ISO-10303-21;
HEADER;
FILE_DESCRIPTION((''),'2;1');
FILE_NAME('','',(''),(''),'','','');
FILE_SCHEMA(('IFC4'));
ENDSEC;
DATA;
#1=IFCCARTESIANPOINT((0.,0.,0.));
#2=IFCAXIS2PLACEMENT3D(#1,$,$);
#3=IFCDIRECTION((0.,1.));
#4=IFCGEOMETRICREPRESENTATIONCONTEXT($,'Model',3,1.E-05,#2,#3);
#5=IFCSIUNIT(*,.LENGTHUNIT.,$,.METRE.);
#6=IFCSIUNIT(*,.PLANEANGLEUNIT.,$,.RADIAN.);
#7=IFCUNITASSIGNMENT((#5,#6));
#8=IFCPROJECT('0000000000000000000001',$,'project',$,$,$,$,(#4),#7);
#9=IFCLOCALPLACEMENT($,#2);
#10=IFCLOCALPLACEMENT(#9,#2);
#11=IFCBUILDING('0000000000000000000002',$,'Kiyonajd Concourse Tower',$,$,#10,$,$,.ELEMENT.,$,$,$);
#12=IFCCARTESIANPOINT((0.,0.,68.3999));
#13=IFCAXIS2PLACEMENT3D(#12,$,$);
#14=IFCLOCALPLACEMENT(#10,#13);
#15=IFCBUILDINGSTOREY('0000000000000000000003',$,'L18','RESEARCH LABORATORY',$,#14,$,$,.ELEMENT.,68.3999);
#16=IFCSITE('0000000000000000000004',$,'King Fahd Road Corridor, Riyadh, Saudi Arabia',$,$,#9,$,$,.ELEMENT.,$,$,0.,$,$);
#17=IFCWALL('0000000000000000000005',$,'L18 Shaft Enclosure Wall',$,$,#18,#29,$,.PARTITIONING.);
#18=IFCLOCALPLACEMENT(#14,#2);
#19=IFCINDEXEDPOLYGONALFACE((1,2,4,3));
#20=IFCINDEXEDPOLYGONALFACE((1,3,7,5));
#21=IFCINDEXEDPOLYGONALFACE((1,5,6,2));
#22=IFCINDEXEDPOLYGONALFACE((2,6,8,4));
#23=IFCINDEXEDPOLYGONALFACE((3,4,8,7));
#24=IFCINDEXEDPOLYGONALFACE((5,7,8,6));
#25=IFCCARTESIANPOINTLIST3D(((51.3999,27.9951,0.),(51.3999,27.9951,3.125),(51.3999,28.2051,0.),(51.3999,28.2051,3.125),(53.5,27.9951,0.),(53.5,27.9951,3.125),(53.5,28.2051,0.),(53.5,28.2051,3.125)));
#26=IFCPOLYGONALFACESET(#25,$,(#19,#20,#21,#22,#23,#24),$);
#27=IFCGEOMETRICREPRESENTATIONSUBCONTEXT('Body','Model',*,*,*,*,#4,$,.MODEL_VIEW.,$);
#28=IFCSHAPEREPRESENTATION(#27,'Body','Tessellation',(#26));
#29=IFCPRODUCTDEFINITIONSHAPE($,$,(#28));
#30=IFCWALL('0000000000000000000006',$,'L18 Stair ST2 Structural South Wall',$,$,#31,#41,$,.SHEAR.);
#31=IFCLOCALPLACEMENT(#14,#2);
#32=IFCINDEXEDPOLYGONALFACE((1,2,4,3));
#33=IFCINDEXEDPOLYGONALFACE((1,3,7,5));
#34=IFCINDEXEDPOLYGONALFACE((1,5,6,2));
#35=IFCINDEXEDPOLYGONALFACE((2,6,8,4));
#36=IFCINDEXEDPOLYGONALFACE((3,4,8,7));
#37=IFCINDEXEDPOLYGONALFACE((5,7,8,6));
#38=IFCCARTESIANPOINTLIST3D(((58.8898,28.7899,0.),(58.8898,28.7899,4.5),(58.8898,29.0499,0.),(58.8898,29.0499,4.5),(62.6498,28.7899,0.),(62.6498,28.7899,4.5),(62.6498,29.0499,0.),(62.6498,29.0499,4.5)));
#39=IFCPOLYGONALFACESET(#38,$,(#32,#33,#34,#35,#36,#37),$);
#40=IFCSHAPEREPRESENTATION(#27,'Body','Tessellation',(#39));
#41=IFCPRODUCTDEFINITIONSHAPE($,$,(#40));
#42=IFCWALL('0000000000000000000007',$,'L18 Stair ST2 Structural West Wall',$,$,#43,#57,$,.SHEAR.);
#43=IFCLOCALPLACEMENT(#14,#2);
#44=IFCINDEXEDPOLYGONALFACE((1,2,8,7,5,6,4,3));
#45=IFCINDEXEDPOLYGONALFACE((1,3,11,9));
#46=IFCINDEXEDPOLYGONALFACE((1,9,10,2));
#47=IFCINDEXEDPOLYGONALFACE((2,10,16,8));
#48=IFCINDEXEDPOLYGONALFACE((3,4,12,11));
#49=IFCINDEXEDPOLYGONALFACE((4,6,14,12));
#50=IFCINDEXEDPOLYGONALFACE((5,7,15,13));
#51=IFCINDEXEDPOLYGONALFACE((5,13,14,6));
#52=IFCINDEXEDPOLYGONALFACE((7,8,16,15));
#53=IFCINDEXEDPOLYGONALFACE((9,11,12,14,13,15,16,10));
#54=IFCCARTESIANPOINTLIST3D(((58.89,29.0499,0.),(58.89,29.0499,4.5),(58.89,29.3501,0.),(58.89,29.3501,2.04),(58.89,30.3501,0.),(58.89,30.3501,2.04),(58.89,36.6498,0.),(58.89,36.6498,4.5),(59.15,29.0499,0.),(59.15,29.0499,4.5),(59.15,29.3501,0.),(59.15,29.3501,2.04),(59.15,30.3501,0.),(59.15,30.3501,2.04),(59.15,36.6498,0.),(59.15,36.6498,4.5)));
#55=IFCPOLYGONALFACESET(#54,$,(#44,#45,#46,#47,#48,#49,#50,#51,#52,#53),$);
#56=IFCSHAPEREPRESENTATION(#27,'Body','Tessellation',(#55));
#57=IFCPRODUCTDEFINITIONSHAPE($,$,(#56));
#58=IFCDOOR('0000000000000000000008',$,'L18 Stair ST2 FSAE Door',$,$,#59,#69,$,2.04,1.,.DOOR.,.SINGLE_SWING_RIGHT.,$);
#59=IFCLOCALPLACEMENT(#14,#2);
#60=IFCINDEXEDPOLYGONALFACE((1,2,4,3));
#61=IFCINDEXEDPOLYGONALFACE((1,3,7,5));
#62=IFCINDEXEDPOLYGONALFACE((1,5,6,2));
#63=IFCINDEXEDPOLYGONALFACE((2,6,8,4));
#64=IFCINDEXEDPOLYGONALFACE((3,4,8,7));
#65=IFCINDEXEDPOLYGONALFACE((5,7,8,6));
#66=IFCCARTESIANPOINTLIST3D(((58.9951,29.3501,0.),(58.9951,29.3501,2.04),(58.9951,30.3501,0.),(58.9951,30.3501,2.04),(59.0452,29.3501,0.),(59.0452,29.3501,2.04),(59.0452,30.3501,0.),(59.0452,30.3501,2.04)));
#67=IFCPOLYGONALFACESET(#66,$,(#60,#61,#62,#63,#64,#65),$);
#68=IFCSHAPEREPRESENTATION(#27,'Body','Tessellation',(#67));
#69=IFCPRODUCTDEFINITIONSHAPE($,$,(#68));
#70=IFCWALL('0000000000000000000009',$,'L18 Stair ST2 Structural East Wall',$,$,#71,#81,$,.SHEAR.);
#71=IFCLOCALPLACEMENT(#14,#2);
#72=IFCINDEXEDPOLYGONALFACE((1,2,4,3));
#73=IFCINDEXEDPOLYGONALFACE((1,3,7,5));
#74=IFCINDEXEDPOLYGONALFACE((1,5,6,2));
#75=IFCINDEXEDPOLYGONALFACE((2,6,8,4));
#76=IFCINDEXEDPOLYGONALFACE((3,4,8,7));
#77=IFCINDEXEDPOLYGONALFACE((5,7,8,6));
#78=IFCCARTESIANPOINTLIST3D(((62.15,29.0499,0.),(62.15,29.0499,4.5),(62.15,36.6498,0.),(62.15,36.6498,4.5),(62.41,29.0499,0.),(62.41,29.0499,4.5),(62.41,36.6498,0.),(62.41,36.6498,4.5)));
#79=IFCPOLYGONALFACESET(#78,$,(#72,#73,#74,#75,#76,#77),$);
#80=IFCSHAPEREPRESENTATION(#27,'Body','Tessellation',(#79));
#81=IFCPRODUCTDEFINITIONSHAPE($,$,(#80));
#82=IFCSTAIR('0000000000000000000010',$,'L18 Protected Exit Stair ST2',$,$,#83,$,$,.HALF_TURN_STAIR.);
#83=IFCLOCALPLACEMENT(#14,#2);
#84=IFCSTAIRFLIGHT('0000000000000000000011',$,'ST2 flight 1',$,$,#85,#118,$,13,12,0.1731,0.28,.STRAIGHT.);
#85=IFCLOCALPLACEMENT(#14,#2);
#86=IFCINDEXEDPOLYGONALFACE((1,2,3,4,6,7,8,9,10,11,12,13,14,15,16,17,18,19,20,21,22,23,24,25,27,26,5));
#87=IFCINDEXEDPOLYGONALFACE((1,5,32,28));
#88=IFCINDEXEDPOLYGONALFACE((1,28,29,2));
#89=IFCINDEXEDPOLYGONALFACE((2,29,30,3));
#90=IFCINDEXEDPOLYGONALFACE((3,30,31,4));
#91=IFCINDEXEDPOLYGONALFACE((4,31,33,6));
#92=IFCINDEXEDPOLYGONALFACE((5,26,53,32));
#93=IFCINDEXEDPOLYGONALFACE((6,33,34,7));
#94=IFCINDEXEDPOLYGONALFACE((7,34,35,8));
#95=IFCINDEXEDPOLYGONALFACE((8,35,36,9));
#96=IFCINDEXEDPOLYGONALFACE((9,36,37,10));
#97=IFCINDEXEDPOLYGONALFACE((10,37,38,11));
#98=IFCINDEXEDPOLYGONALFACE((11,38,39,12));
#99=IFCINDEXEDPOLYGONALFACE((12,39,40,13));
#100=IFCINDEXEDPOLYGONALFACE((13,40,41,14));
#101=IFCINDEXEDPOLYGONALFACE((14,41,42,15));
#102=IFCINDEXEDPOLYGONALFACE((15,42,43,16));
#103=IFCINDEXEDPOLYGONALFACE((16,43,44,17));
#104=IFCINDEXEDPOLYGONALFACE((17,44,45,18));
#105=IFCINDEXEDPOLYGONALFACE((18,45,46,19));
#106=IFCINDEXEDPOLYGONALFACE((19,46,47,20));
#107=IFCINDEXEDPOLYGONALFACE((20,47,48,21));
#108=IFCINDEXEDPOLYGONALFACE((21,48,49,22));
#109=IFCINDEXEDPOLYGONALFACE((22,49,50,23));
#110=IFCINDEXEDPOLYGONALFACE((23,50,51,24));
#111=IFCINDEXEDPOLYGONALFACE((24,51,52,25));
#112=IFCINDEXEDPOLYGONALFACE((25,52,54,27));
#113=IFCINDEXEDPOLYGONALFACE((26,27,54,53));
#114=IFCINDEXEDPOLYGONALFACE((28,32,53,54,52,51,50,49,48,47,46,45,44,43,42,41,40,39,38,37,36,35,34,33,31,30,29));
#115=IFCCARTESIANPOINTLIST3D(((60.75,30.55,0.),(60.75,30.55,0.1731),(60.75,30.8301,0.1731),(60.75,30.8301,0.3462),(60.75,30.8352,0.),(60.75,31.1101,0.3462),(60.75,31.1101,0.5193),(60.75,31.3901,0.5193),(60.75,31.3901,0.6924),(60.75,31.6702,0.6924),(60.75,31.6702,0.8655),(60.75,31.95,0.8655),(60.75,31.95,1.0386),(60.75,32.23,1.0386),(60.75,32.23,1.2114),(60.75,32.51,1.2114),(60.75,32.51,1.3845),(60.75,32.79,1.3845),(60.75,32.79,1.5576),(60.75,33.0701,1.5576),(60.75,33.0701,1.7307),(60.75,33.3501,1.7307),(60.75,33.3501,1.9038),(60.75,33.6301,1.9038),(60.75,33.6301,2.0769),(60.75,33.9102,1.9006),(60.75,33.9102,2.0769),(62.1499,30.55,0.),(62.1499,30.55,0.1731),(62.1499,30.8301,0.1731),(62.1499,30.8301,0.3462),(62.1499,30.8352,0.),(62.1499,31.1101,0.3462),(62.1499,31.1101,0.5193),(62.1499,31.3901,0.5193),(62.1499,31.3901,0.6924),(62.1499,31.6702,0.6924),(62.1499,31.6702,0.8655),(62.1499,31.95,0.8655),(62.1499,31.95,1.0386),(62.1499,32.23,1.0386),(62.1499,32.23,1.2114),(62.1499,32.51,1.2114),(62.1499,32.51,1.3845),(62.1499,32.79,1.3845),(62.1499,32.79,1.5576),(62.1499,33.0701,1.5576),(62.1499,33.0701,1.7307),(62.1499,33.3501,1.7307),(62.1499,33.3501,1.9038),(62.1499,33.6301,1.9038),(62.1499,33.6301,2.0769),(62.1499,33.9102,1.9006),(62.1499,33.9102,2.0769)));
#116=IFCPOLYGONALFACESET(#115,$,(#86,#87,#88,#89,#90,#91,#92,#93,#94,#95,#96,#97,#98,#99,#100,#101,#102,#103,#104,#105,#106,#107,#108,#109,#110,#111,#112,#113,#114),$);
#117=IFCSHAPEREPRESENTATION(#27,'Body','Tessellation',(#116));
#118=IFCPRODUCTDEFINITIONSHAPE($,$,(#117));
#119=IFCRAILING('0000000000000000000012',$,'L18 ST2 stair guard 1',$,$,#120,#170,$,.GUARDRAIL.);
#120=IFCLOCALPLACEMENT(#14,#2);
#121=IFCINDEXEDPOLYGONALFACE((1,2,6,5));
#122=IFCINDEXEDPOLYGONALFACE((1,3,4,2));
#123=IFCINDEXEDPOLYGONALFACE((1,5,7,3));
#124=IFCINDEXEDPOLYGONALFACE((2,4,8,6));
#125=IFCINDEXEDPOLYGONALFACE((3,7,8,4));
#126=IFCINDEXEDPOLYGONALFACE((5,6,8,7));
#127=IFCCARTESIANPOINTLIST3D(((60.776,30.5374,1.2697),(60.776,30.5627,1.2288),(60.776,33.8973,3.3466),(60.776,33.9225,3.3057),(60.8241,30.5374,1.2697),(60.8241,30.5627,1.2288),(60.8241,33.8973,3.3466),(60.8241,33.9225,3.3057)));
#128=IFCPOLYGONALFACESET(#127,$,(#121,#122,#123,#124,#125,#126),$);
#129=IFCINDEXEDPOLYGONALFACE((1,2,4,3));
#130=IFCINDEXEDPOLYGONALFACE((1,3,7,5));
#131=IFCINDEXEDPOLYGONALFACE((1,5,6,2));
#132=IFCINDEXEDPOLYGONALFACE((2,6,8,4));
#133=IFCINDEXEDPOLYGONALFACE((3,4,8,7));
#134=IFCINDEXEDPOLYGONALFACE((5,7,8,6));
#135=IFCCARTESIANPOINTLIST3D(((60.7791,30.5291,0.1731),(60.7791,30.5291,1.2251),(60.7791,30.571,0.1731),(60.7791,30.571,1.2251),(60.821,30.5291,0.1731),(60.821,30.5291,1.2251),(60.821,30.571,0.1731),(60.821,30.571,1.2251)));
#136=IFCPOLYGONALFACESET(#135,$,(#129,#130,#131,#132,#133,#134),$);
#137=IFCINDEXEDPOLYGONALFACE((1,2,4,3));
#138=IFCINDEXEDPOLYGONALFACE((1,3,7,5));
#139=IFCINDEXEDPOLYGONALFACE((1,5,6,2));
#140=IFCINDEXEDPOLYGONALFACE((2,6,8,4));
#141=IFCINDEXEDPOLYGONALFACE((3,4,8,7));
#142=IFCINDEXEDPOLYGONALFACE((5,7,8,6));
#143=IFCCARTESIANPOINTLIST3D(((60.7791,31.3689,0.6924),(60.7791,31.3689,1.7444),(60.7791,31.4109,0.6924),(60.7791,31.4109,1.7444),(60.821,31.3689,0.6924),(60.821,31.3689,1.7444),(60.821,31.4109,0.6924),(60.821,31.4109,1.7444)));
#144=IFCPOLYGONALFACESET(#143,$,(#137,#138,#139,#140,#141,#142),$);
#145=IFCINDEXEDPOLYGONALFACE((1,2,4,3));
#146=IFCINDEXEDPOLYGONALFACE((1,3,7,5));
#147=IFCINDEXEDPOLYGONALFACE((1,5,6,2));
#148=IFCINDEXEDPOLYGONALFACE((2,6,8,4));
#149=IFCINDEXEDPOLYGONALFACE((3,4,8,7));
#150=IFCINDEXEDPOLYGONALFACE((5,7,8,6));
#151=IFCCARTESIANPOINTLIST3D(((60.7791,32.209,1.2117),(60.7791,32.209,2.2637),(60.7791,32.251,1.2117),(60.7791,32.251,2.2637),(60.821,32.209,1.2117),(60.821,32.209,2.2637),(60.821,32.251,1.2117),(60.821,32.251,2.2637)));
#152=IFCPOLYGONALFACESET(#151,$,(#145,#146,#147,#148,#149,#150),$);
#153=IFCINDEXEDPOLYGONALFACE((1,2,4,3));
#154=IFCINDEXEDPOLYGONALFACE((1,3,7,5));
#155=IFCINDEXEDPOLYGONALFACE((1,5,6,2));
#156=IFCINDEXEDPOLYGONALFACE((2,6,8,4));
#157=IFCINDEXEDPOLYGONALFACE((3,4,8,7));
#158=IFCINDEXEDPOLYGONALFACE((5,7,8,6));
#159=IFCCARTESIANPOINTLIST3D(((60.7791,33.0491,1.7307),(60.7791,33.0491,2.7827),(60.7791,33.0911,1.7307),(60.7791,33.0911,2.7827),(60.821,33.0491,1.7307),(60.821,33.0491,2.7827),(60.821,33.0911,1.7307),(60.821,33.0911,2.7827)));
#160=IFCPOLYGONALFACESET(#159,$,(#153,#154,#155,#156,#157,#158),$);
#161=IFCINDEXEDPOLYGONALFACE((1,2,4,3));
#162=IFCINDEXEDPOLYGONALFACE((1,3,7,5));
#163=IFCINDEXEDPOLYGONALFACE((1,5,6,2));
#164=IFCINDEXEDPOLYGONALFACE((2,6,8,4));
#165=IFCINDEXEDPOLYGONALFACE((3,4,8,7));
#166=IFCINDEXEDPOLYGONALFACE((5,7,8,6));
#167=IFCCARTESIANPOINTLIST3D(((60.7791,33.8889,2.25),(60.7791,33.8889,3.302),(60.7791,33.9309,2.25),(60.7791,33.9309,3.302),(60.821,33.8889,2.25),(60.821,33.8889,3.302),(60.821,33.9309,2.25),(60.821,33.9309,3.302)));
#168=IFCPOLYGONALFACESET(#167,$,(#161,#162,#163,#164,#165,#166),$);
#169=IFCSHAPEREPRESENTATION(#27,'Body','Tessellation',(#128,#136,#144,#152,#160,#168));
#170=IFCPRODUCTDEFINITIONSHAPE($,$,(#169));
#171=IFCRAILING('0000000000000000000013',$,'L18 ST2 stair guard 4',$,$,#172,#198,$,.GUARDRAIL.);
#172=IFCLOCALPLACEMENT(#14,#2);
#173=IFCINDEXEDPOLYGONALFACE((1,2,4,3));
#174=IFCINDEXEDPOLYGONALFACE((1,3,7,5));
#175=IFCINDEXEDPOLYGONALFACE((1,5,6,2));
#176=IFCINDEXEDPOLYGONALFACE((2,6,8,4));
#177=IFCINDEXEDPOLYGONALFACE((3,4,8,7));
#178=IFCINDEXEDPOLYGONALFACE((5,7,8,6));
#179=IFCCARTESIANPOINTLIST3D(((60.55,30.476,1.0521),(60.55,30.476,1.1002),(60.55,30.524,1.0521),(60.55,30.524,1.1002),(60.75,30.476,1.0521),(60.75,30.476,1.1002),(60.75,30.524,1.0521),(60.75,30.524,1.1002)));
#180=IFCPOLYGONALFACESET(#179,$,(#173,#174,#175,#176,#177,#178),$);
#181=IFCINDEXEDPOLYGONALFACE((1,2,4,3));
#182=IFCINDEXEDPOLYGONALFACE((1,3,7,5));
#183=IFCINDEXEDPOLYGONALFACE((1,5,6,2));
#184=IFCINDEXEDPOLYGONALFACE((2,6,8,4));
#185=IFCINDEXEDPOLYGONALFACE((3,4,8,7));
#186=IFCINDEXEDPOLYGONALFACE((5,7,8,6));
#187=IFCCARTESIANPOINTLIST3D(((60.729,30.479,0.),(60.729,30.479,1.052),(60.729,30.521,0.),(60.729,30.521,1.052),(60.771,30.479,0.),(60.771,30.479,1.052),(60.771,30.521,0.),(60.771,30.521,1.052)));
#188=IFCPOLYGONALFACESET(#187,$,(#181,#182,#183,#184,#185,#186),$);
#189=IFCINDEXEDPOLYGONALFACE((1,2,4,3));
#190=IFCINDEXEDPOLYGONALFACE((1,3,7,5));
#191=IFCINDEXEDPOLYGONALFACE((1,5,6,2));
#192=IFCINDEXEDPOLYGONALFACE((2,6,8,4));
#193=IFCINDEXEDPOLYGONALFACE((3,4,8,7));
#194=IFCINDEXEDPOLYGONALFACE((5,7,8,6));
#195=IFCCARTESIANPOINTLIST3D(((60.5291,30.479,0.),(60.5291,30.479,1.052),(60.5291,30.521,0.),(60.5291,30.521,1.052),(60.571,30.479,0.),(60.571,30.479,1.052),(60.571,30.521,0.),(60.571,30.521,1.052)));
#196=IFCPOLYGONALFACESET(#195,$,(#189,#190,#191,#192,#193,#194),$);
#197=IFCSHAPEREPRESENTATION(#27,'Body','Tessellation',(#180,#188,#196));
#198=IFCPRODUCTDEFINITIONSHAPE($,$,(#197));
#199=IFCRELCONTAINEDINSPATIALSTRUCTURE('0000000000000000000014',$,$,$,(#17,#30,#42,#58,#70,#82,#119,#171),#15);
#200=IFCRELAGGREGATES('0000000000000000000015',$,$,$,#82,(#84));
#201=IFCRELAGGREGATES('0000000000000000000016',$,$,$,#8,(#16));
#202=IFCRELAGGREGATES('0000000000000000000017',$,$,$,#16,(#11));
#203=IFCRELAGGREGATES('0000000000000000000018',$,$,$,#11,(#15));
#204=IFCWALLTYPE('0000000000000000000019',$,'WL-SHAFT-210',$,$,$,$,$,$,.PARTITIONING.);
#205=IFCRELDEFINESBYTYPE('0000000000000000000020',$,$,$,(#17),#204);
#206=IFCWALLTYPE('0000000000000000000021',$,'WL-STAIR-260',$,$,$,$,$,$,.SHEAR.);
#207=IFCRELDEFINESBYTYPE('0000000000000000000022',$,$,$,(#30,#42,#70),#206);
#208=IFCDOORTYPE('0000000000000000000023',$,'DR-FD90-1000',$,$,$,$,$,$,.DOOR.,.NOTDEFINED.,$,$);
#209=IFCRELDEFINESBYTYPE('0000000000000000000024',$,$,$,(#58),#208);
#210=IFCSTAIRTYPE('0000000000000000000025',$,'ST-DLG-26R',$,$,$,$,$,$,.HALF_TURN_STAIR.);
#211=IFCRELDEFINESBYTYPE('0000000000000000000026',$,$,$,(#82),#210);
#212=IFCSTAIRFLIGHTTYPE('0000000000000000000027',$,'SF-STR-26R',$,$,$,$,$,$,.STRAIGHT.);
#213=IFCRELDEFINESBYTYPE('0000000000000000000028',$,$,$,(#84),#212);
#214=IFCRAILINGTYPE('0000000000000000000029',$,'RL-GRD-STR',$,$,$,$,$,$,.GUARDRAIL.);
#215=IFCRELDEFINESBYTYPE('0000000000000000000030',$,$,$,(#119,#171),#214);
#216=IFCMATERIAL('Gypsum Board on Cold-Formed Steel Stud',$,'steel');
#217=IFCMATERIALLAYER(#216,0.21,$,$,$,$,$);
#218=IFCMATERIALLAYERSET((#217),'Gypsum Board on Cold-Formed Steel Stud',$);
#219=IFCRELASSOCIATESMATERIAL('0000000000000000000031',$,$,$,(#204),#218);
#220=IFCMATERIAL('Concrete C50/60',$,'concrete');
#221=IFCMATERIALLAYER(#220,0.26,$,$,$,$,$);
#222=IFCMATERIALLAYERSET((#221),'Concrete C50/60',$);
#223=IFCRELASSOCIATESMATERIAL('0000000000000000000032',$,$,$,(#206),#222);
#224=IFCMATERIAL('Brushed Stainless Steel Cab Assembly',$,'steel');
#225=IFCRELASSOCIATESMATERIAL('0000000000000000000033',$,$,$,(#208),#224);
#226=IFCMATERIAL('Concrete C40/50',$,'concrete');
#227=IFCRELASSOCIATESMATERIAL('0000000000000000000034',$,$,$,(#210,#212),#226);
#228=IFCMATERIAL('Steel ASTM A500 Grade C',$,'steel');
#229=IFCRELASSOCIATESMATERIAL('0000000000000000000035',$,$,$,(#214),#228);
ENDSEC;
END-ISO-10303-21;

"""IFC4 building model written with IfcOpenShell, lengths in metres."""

from ifc_helpers import new_model, si_unit, direction, frame, frame_2d, origin, origin_2d, place, context, subcontext, project, spatial, polyline, rectangle, outline, extrude, material, layer, layer_set, type_object, element, fill, aggregate, save


model = new_model("IFC4")

# Units and contexts
model_context = context("Model", 3, precision=1e-05, world=origin(), true_north=direction((0.0, 1.0)))
body_context = subcontext(model_context, "Body", "Model", "MODEL_VIEW")
ifc_project = project(units=[si_unit("LENGTHUNIT", "METRE"), si_unit("PLANEANGLEUNIT", "RADIAN")], contexts=[model_context])

# Site, building, storey
site_placement = place(None, origin())
site = spatial("IfcSite", under=ifc_project, at=site_placement, Name="King Fahd Road Corridor, Riyadh, Saudi Arabia", CompositionType="ELEMENT", RefElevation=0.0)
building_placement = place(site_placement, origin())
building = spatial("IfcBuilding", under=site, at=building_placement, Name="Kiyonajd Concourse Tower", CompositionType="ELEMENT")
storey_placement = place(building_placement, frame((0.0, 0.0, 68.3999)))
storey = spatial("IfcBuildingStorey", under=building, at=storey_placement, Name="L18", Description="RESEARCH LABORATORY", CompositionType="ELEMENT", Elevation=68.3999)

# Shared definitions
ifc_material_1 = material(Name="Concrete C50/60", Category="concrete")

# Shared definitions
ifc_material_2 = material(Name="Brushed Stainless Steel Cab Assembly", Category="steel")
ifc_material_3 = material(Name="Gypsum Board on Cold-Formed Steel Stud", Category="steel")
ifc_layer_1 = layer(ifc_material_3, 0.21)
ifc_layer_set_1 = layer_set([ifc_layer_1], Name="Gypsum Board on Cold-Formed Steel Stud")
wall_type_1 = type_object("IfcWallType", Name="WL-SHAFT-210", PredefinedType="PARTITIONING", material=ifc_layer_set_1)

# Walls
wall_1_placement = place(storey_placement, frame((51.3999, 28.1001, 0.0), z_axis=(0.0, 0.0, 1.0), x_axis=(1.0, 0.0, 0.0)))
element("IfcWall", 1, at=wall_1_placement, inside=storey, type_object=wall_type_1, Name="L18 Shaft Enclosure Wall", PredefinedType="PARTITIONING", context=body_context, shape_type="SweptSolid", body=[
    extrude(rectangle(XDim=2.1001, YDim=0.21, at=frame_2d((1.05, 0.0))), origin(), (0.0, 0.0, 1.0), 3.125),
])
ifc_layer_2 = layer(ifc_material_1, 0.26)
ifc_layer_set_2 = layer_set([ifc_layer_2], Name="Concrete C50/60")
wall_type_2 = type_object("IfcWallType", Name="WL-STAIR-260", PredefinedType="SHEAR", material=ifc_layer_set_2)
wall_2_placement = place(storey_placement, frame((58.8899, 28.9199, 0.0), z_axis=(0.0, 0.0, 1.0), x_axis=(1.0, 0.0, 0.0)))
element("IfcWall", 2, at=wall_2_placement, inside=storey, type_object=wall_type_2, Name="L18 Stair ST2 Structural South Wall", PredefinedType="SHEAR", context=body_context, shape_type="SweptSolid", body=[
    extrude(rectangle(XDim=3.76, YDim=0.26, at=frame_2d((1.8799, 0.0))), origin(), (0.0, 0.0, 1.0), 4.5),
])

# Wall, opening, door
wall_3_placement = place(storey_placement, frame((59.02, 29.05, 0.0), z_axis=(0.0, 0.0, 1.0), x_axis=(0.0, 1.0, 0.0)))
wall_3 = element("IfcWall", 3, at=wall_3_placement, inside=storey, type_object=wall_type_2, Name="L18 Stair ST2 Structural West Wall", PredefinedType="SHEAR", context=body_context, shape_type="SweptSolid", body=[
    extrude(rectangle(XDim=7.5999, YDim=0.26, at=frame_2d((3.7998, 0.0))), origin(), (0.0, 0.0, 1.0), 4.5),
])
opening_1_placement = place(wall_3_placement, frame((0.3, 0.0, 0.0)))
opening_1 = element("IfcOpeningElement", 4, at=opening_1_placement, cuts=wall_3, PredefinedType="OPENING", context=body_context, shape_type="SweptSolid", body=[
    extrude(rectangle(XDim=1.0, YDim=2.04, at=frame_2d((0.5, 1.02))), frame((0.0, 0.1399, 0.0), z_axis=(0.0, -1.0, 0.0), x_axis=(1.0, 0.0, 0.0)), (0.0, 0.0, 1.0), 0.28),
])
door_type_1 = type_object("IfcDoorType", Name="DR-FD90-1000", OperationType="NOTDEFINED", PredefinedType="DOOR", material=ifc_material_2)
door_1_placement = place(opening_1_placement, origin())
door_1 = element("IfcDoor", 5, at=door_1_placement, inside=storey, type_object=door_type_1, Name="L18 Stair ST2 FSAE Door", OperationType="SINGLE_SWING_RIGHT", OverallHeight=2.04, OverallWidth=1.0, PredefinedType="DOOR", context=body_context, shape_type="SweptSolid", body=[
    extrude(rectangle(XDim=1.0, YDim=2.04, at=frame_2d((0.5, 1.02))), frame((0.0, 0.0249, 0.0), z_axis=(0.0, -1.0, 0.0), x_axis=(1.0, 0.0, 0.0)), (0.0, 0.0, 1.0), 0.05),
])
fill(opening_1, door_1)

# Wall
wall_4_placement = place(storey_placement, frame((62.28, 29.05, 0.0), z_axis=(0.0, 0.0, 1.0), x_axis=(0.0, 1.0, 0.0)))
element("IfcWall", 6, at=wall_4_placement, inside=storey, type_object=wall_type_2, Name="L18 Stair ST2 Structural East Wall", PredefinedType="SHEAR", context=body_context, shape_type="SweptSolid", body=[
    extrude(rectangle(XDim=7.5999, YDim=0.26, at=frame_2d((3.7998, 0.0))), origin(), (0.0, 0.0, 1.0), 4.5),
])

# Stair, stair flight
ifc_material_4 = material(Name="Concrete C40/50", Category="concrete")
stair_type = type_object("IfcStairType", Name="ST-DLG-26R", PredefinedType="HALF_TURN_STAIR", material=ifc_material_4)
stair_placement = place(storey_placement, origin())
stair = element("IfcStair", 7, at=stair_placement, inside=storey, type_object=stair_type, Name="L18 Protected Exit Stair ST2", PredefinedType="HALF_TURN_STAIR")
stair_flight_type = type_object("IfcStairFlightType", Name="SF-STR-26R", PredefinedType="STRAIGHT", material=ifc_material_4)
stair_flight_placement = place(storey_placement, frame((61.45, 30.55, 0.0), z_axis=(0.0, 0.0, 1.0), x_axis=(0.0, 1.0, 0.0)))
stair_flight = element("IfcStairFlight", 8, at=stair_flight_placement, type_object=stair_flight_type, Name="ST2 flight 1", NumberOfRisers=13, NumberOfTreads=12, PredefinedType="STRAIGHT", RiserHeight=0.1731, TreadLength=0.28, context=body_context, shape_type="SweptSolid", body=[
    extrude(outline(polyline([(0.0, 0.0), (0.0, 0.1731), (0.28, 0.1731), (0.28, 0.3462), (0.5601, 0.3462), (0.5601, 0.5193), (0.8401, 0.5193), (0.8401, 0.6924), (1.1201, 0.6924), (1.1201, 0.8655), (1.3999, 0.8655), (1.3999, 1.0386), (1.6799, 1.0386), (1.6799, 1.2114), (1.96, 1.2114), (1.96, 1.3845), (2.24, 1.3845), (2.24, 1.5576), (2.52, 1.5576), (2.52, 1.7307), (2.8, 1.7307), (2.8, 1.9038), (3.0801, 1.9038), (3.0801, 2.0769), (3.3601, 2.0769), (3.3601, 2.25), (3.3601, 1.9006), (0.2852, 0.0), (0.0, 0.0)])), frame((0.0, 0.7, 0.0), z_axis=(0.0, -1.0, 0.0), x_axis=(1.0, 0.0, 0.0)), (0.0, 0.0, 1.0), 1.3999),
])
aggregate(stair, [stair_flight])

# Railings
ifc_material_5 = material(Name="Steel ASTM A500 Grade C", Category="steel")
railing_type_1 = type_object("IfcRailingType", Name="RL-GRD-STR", PredefinedType="GUARDRAIL", material=ifc_material_5)
railing_1_placement = place(storey_placement, frame((60.8, 30.55, 0.1731)))
element("IfcRailing", 9, at=railing_1_placement, inside=storey, type_object=railing_type_1, Name="L18 ST2 stair guard 1", PredefinedType="GUARDRAIL", context=body_context, shape_type="SweptSolid", body=[
    extrude(rectangle(XDim=0.0481, YDim=0.0481, at=origin_2d()), frame((0.0, 0.0, 1.0762), z_axis=(0.0, 0.850606, 0.525803), x_axis=(-1.0, 0.0, 0.0)), (0.0, 0.0, 1.0), 3.95),
    extrude(rectangle(XDim=0.042, YDim=0.042, at=origin_2d()), origin(), (0.0, 0.0, 1.0), 1.052),
    extrude(rectangle(XDim=0.042, YDim=0.042, at=origin_2d()), frame((0.0, 0.8398, 0.5193)), (0.0, 0.0, 1.0), 1.052),
    extrude(rectangle(XDim=0.042, YDim=0.042, at=origin_2d()), frame((0.0, 1.6799, 1.0386)), (0.0, 0.0, 1.0), 1.052),
    extrude(rectangle(XDim=0.042, YDim=0.042, at=origin_2d()), frame((0.0, 2.52, 1.5576)), (0.0, 0.0, 1.0), 1.052),
    extrude(rectangle(XDim=0.042, YDim=0.042, at=origin_2d()), frame((0.0, 3.3599, 2.0769)), (0.0, 0.0, 1.0), 1.052),
])
railing_2_placement = place(storey_placement, frame((60.75, 30.5, 0.0)))
element("IfcRailing", 10, at=railing_2_placement, inside=storey, type_object=railing_type_1, Name="L18 ST2 stair guard 4", PredefinedType="GUARDRAIL", context=body_context, shape_type="SweptSolid", body=[
    extrude(rectangle(XDim=0.0481, YDim=0.0481, at=origin_2d()), frame((0.0, 0.0, 1.0762), z_axis=(-1.0, 0.0, 0.0), x_axis=(0.0, -1.0, 0.0)), (0.0, 0.0, 1.0), 0.2),
    extrude(rectangle(XDim=0.042, YDim=0.042, at=origin_2d()), origin(), (0.0, 0.0, 1.0), 1.052),
    extrude(rectangle(XDim=0.042, YDim=0.042, at=origin_2d()), frame((-0.2, 0.0, 0.0)), (0.0, 0.0, 1.0), 1.052),
])

save(model, "model.ifc")
